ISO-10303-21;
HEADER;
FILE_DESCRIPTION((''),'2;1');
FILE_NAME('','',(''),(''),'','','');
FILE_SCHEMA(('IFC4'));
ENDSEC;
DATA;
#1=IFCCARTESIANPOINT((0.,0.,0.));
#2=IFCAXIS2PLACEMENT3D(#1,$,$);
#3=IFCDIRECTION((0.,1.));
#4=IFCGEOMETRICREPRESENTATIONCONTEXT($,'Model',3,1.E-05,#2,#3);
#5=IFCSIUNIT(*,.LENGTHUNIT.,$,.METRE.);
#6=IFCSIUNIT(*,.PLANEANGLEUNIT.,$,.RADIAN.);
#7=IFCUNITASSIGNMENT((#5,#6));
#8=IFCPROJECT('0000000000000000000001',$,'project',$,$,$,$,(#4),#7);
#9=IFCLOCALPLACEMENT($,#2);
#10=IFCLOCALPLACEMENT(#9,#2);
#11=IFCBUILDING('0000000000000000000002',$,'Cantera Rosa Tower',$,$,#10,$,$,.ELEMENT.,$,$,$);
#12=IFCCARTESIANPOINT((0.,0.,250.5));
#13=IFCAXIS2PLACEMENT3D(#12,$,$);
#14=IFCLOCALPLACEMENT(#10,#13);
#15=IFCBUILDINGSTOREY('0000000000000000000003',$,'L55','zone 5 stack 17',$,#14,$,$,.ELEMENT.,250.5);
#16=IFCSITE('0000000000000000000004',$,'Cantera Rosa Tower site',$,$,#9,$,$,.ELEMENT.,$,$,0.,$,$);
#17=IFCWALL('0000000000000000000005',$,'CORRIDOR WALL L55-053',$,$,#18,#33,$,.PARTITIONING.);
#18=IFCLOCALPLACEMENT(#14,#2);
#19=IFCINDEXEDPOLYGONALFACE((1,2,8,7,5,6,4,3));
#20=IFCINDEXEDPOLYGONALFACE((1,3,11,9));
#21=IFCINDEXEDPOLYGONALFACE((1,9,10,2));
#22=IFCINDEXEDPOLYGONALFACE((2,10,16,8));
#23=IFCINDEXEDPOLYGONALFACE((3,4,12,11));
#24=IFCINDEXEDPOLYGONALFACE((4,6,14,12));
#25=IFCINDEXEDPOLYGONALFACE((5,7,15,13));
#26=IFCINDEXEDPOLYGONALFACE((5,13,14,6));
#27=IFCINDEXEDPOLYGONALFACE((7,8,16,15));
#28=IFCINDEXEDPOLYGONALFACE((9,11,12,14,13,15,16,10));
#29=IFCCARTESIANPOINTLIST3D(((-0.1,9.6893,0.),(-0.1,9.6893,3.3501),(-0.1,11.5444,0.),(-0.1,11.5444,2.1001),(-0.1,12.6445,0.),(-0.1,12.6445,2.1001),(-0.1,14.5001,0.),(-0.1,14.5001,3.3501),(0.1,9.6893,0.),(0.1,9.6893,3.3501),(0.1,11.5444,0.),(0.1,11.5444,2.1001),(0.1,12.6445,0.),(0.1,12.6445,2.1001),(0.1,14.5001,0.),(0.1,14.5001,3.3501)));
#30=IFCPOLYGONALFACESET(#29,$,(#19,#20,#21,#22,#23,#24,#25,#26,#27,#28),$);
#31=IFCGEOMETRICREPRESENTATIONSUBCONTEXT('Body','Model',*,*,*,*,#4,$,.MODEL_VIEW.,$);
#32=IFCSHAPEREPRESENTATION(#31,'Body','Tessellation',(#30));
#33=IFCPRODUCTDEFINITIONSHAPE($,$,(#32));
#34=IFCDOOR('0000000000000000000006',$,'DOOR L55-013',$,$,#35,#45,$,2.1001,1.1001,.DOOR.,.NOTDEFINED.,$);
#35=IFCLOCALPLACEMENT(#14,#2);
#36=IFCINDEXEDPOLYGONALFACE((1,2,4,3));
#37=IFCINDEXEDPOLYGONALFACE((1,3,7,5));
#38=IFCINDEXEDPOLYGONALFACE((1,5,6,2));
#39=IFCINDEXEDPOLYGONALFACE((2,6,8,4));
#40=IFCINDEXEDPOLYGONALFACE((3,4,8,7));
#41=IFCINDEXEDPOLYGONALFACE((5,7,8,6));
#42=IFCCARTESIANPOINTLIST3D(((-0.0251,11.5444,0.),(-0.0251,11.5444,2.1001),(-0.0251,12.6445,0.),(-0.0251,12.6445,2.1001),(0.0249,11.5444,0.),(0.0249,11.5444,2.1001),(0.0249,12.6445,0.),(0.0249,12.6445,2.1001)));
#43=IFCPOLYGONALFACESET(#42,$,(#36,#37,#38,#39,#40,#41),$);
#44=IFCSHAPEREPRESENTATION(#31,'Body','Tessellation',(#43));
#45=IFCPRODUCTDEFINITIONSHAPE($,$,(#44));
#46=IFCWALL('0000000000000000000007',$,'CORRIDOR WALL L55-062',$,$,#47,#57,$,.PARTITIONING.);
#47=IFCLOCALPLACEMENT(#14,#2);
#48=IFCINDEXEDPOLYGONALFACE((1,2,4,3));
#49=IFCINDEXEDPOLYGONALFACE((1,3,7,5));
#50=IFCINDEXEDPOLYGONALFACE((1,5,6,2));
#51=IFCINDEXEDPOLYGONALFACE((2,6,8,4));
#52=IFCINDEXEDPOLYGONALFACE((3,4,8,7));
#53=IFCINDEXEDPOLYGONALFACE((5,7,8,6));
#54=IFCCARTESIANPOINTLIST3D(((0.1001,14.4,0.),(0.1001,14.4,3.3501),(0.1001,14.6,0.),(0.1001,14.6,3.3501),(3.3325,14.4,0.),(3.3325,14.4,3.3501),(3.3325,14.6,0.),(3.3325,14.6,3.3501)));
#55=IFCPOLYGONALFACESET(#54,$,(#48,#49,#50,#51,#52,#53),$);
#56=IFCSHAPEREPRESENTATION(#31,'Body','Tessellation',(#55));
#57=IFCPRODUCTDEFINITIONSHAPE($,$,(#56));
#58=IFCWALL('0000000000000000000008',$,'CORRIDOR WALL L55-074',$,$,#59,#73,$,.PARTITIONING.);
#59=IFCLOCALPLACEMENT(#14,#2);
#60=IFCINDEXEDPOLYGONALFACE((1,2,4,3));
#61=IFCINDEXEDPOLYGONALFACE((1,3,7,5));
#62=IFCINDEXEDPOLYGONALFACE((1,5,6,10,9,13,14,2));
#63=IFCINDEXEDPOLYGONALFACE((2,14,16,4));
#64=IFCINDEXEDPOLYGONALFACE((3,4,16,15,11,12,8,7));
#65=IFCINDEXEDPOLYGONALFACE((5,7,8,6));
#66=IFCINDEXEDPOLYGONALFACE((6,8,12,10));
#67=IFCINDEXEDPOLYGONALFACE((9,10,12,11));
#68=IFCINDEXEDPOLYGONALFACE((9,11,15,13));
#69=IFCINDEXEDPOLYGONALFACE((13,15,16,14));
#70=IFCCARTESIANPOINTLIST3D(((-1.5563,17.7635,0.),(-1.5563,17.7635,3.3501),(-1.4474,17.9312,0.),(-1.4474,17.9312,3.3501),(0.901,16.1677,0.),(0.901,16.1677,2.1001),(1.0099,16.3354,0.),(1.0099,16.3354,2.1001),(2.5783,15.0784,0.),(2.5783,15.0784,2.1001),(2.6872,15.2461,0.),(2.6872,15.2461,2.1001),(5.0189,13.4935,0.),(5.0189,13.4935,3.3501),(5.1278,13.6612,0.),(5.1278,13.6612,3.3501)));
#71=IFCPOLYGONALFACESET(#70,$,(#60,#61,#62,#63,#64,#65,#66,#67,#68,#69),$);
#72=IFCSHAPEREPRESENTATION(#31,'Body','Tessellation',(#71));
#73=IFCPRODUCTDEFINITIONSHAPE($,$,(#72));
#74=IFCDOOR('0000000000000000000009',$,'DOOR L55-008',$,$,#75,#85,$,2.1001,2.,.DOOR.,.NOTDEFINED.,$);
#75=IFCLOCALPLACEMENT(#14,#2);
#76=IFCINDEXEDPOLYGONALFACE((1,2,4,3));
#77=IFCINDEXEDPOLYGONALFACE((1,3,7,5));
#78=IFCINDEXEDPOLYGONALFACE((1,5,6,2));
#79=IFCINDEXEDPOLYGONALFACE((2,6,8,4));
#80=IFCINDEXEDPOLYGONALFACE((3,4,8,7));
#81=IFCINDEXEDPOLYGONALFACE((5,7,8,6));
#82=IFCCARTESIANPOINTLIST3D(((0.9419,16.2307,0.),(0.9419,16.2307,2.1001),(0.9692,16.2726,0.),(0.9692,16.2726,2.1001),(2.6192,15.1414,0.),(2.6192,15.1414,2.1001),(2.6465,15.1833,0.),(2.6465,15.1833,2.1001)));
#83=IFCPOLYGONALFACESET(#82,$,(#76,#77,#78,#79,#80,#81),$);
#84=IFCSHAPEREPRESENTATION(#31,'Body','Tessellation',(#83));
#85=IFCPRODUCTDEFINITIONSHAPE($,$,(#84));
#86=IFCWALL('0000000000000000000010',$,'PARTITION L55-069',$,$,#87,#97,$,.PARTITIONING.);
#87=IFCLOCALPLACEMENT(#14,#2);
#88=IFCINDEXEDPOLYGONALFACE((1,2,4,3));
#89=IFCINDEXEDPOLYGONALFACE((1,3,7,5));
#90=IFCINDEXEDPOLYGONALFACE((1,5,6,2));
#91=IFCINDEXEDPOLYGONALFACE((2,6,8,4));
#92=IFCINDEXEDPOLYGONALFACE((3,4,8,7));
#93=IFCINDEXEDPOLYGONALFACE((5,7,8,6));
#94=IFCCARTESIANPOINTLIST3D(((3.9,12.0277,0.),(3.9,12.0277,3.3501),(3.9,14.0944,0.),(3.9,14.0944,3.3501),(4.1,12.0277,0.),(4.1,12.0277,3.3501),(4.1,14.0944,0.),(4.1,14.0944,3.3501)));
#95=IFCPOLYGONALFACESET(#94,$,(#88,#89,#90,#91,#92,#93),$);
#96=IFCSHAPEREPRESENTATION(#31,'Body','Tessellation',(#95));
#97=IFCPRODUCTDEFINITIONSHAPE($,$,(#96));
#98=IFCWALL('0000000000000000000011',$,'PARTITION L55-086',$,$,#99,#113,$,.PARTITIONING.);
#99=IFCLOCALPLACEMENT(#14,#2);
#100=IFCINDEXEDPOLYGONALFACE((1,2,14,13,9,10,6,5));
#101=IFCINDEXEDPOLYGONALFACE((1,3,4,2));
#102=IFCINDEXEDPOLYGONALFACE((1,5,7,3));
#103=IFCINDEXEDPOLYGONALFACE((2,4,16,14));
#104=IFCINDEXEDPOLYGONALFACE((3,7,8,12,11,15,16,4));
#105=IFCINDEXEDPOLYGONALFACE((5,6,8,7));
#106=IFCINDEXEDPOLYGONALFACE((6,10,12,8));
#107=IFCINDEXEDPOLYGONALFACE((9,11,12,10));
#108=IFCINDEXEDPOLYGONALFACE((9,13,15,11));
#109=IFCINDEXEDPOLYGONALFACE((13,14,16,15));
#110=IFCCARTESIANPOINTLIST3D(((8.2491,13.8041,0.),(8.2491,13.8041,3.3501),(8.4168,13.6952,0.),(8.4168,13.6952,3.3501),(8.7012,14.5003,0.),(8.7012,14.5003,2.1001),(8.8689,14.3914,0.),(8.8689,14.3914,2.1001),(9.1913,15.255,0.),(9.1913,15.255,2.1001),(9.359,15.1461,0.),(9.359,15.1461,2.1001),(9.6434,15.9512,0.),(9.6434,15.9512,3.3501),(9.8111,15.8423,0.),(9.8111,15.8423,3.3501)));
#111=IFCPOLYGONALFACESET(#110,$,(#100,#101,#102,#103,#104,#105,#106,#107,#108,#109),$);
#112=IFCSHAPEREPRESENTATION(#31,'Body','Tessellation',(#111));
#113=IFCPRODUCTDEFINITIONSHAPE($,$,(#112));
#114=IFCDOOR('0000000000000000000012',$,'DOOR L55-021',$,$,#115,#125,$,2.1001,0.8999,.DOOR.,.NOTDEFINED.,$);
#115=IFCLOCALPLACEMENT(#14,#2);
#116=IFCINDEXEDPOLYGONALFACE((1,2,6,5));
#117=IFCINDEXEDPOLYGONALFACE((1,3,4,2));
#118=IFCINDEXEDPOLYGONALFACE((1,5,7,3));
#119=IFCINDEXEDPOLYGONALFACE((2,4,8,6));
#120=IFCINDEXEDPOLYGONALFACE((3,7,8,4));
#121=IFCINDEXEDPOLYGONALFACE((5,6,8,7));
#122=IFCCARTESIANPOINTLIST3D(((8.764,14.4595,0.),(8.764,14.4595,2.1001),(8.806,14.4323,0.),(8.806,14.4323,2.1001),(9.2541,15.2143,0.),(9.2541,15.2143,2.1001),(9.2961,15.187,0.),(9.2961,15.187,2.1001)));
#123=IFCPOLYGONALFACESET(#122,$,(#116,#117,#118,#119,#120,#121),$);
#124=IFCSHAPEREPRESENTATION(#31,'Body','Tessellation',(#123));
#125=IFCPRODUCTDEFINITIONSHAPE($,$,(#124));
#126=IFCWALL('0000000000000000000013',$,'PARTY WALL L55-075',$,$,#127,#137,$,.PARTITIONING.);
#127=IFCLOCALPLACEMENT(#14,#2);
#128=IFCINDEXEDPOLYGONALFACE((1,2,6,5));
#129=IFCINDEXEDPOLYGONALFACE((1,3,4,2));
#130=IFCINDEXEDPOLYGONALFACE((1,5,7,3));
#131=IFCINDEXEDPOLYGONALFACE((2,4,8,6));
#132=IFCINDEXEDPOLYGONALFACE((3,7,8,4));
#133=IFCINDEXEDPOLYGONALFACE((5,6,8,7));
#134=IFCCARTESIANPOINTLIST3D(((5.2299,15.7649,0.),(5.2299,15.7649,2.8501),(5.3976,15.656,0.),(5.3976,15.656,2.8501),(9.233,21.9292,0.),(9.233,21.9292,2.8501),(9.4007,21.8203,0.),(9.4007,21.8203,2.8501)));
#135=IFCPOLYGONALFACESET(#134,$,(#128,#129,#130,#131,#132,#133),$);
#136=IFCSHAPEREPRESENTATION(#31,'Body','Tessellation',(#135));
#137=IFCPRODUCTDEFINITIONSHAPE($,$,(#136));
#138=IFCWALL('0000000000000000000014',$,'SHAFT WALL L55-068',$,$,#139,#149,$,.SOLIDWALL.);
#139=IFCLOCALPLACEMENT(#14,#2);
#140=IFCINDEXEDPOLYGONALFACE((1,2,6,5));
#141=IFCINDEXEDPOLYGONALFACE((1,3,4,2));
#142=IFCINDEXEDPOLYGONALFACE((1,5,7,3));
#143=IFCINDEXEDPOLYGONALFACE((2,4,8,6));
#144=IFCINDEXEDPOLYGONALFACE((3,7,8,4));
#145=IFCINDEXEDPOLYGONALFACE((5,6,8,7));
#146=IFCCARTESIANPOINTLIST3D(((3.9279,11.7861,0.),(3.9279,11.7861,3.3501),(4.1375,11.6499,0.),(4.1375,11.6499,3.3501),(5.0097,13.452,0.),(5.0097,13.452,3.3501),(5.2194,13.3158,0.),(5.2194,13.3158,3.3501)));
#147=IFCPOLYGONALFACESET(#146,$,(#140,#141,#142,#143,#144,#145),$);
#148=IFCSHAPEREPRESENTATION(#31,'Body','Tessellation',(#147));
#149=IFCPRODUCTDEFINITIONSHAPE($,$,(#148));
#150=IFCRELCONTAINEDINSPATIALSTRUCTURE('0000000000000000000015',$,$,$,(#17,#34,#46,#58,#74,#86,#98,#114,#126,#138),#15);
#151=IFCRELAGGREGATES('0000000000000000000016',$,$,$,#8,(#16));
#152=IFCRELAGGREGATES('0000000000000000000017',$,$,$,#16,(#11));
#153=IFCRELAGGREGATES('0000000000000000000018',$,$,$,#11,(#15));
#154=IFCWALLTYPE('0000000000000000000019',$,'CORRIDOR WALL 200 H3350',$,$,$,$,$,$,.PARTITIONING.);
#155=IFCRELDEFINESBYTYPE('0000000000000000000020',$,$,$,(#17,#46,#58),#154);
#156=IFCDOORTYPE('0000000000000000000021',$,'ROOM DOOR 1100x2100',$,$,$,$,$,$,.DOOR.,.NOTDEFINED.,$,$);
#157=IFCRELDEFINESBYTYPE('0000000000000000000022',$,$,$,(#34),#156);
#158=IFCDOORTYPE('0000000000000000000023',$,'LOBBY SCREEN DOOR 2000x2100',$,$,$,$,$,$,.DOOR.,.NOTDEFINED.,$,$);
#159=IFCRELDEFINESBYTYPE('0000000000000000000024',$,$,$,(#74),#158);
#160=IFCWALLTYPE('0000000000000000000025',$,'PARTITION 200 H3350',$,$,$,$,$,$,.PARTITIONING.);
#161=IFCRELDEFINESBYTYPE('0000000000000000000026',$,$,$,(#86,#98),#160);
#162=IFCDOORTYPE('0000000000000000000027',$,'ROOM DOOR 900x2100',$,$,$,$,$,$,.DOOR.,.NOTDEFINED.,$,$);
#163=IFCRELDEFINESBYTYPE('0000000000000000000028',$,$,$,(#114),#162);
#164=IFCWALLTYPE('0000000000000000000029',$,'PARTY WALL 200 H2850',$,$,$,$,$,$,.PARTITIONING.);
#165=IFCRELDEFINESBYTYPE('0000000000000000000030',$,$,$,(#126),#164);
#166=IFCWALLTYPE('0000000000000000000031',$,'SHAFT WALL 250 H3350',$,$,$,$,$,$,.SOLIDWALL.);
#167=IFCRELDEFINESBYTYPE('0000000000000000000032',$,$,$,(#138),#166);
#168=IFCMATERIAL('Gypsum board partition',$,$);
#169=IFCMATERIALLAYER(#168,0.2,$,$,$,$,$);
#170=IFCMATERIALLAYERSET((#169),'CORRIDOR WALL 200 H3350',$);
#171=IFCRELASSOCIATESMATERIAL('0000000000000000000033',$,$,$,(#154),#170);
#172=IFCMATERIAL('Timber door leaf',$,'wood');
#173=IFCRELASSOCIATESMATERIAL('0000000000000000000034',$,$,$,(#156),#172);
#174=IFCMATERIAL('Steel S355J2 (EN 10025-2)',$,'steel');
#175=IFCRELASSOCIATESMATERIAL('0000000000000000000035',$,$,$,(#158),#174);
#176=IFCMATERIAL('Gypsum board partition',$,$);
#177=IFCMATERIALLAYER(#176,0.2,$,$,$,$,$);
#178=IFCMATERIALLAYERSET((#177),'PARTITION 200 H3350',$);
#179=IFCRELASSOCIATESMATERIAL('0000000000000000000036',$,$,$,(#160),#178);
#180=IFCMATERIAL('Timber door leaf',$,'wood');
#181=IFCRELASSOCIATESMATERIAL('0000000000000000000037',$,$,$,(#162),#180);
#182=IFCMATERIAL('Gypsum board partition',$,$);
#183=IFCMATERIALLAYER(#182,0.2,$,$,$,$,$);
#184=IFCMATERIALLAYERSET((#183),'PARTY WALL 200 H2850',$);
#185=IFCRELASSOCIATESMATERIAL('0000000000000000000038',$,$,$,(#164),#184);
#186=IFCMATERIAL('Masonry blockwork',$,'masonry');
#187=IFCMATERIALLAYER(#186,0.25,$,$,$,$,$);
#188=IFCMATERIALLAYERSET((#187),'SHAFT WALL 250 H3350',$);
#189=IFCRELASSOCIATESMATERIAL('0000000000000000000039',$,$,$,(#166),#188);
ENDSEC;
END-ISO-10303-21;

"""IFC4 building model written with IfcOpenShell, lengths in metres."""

from ifc_helpers import new_model, si_unit, direction, frame, frame_2d, origin, place, context, subcontext, project, spatial, rectangle, extrude, material, layer, layer_set, type_object, element, fill, save


model = new_model("IFC4")

# Units and contexts
model_context = context("Model", 3, precision=1e-05, world=origin(), true_north=direction((0.0, 1.0)))
body_context = subcontext(model_context, "Body", "Model", "MODEL_VIEW")
ifc_project = project(units=[si_unit("LENGTHUNIT", "METRE"), si_unit("PLANEANGLEUNIT", "RADIAN")], contexts=[model_context])

# Site, building, storey
site_placement = place(None, origin())
site = spatial("IfcSite", under=ifc_project, at=site_placement, Name="Cantera Rosa Tower site", CompositionType="ELEMENT", RefElevation=0.0)
building_placement = place(site_placement, origin())
building = spatial("IfcBuilding", under=site, at=building_placement, Name="Cantera Rosa Tower", CompositionType="ELEMENT")
storey_placement = place(building_placement, frame((0.0, 0.0, 250.5)))
storey = spatial("IfcBuildingStorey", under=building, at=storey_placement, Name="L55", Description="zone 5 stack 17", CompositionType="ELEMENT", Elevation=250.5)

# Wall, opening, door
ifc_material_1 = material(Name="Gypsum board partition")
ifc_layer_1 = layer(ifc_material_1, 0.2)
ifc_layer_set_1 = layer_set([ifc_layer_1], Name="CORRIDOR WALL 200 H3350")
wall_type_1 = type_object("IfcWallType", Name="CORRIDOR WALL 200 H3350", PredefinedType="PARTITIONING", material=ifc_layer_set_1)
wall_1_placement = place(storey_placement, frame((0.0, 14.5, 0.0), z_axis=(0.0, 0.0, 1.0), x_axis=(0.0, -1.0, 0.0)))
wall_1 = element("IfcWall", 1, at=wall_1_placement, inside=storey, type_object=wall_type_1, Name="CORRIDOR WALL L55-053", PredefinedType="PARTITIONING", context=body_context, shape_type="SweptSolid", body=[
    extrude(rectangle(XDim=4.8108, YDim=0.2, at=frame_2d((2.4053, 0.0))), origin(), (0.0, 0.0, 1.0), 3.3501),
])
opening_1_placement = place(wall_1_placement, frame((1.8555, 0.0, 0.0)))
opening_1 = element("IfcOpeningElement", 2, at=opening_1_placement, cuts=wall_1, PredefinedType="OPENING", context=body_context, shape_type="SweptSolid", body=[
    extrude(rectangle(XDim=1.1001, YDim=2.1001, at=frame_2d((0.55, 1.05))), frame((0.0, 0.1099, 0.0), z_axis=(0.0, -1.0, 0.0), x_axis=(1.0, 0.0, 0.0)), (0.0, 0.0, 1.0), 0.22),
])
ifc_material_2 = material(Name="Timber door leaf", Category="wood")
door_type_1 = type_object("IfcDoorType", Name="ROOM DOOR 1100x2100", OperationType="NOTDEFINED", PredefinedType="DOOR", material=ifc_material_2)
door_1_placement = place(opening_1_placement, origin())
door_1 = element("IfcDoor", 3, at=door_1_placement, inside=storey, type_object=door_type_1, Name="DOOR L55-013", OperationType="NOTDEFINED", OverallHeight=2.1001, OverallWidth=1.1001, PredefinedType="DOOR", context=body_context, shape_type="SweptSolid", body=[
    extrude(rectangle(XDim=1.1001, YDim=2.1001, at=frame_2d((0.55, 1.05))), frame((0.0, 0.0249, 0.0), z_axis=(0.0, -1.0, 0.0), x_axis=(1.0, 0.0, 0.0)), (0.0, 0.0, 1.0), 0.05),
])
fill(opening_1, door_1)

# Wall
wall_2_placement = place(storey_placement, frame((3.3325, 14.5, 0.0), z_axis=(0.0, 0.0, 1.0), x_axis=(-1.0, 0.0, 0.0)))
element("IfcWall", 4, at=wall_2_placement, inside=storey, type_object=wall_type_1, Name="CORRIDOR WALL L55-062", PredefinedType="PARTITIONING", context=body_context, shape_type="SweptSolid", body=[
    extrude(rectangle(XDim=3.2324, YDim=0.2, at=frame_2d((1.6162, 0.0))), origin(), (0.0, 0.0, 1.0), 3.3501),
])

# Wall, opening, door
wall_3_placement = place(storey_placement, frame((5.0732, 13.5774, 0.0), z_axis=(0.0, 0.0, 1.0), x_axis=(-0.838668, 0.544642, 0.0)))
wall_3 = element("IfcWall", 5, at=wall_3_placement, inside=storey, type_object=wall_type_1, Name="CORRIDOR WALL L55-074", PredefinedType="PARTITIONING", context=body_context, shape_type="SweptSolid", body=[
    extrude(rectangle(XDim=7.8401, YDim=0.2, at=frame_2d((3.9199, 0.0))), origin(), (0.0, 0.0, 1.0), 3.3501),
])
opening_2_placement = place(wall_3_placement, frame((2.9099, 0.0, 0.0)))
opening_2 = element("IfcOpeningElement", 6, at=opening_2_placement, cuts=wall_3, PredefinedType="OPENING", context=body_context, shape_type="SweptSolid", body=[
    extrude(rectangle(XDim=2.0, YDim=2.1001, at=frame_2d((1.0, 1.05))), frame((0.0, 0.1099, 0.0), z_axis=(0.0, -1.0, 0.0), x_axis=(1.0, 0.0, 0.0)), (0.0, 0.0, 1.0), 0.22),
])
ifc_material_3 = material(Name="Steel S355J2 (EN 10025-2)", Category="steel")
door_type_2 = type_object("IfcDoorType", Name="LOBBY SCREEN DOOR 2000x2100", OperationType="NOTDEFINED", PredefinedType="DOOR", material=ifc_material_3)
door_2_placement = place(opening_2_placement, origin())
door_2 = element("IfcDoor", 7, at=door_2_placement, inside=storey, type_object=door_type_2, Name="DOOR L55-008", OperationType="NOTDEFINED", OverallHeight=2.1001, OverallWidth=2.0, PredefinedType="DOOR", context=body_context, shape_type="SweptSolid", body=[
    extrude(rectangle(XDim=2.0, YDim=2.1001, at=frame_2d((1.0, 1.05))), frame((0.0, 0.0249, 0.0), z_axis=(0.0, -1.0, 0.0), x_axis=(1.0, 0.0, 0.0)), (0.0, 0.0, 1.0), 0.05),
])
fill(opening_2, door_2)

# Wall
ifc_material_4 = material(Name="Gypsum board partition")
ifc_layer_2 = layer(ifc_material_4, 0.2)
ifc_layer_set_2 = layer_set([ifc_layer_2], Name="PARTITION 200 H3350")
wall_type_2 = type_object("IfcWallType", Name="PARTITION 200 H3350", PredefinedType="PARTITIONING", material=ifc_layer_set_2)
wall_4_placement = place(storey_placement, frame((4.0, 14.0942, 0.0), z_axis=(0.0, 0.0, 1.0), x_axis=(0.0, -1.0, 0.0)))
element("IfcWall", 8, at=wall_4_placement, inside=storey, type_object=wall_type_2, Name="PARTITION L55-069", PredefinedType="PARTITIONING", context=body_context, shape_type="SweptSolid", body=[
    extrude(rectangle(XDim=2.0667, YDim=0.2, at=frame_2d((1.0332, 0.0))), origin(), (0.0, 0.0, 1.0), 3.3501),
])

# Wall, opening, door
wall_5_placement = place(storey_placement, frame((9.7273, 15.8967, 0.0), z_axis=(0.0, 0.0, 1.0), x_axis=(-0.544646, -0.838666, 0.0)))
wall_5 = element("IfcWall", 9, at=wall_5_placement, inside=storey, type_object=wall_type_2, Name="PARTITION L55-086", PredefinedType="PARTITIONING", context=body_context, shape_type="SweptSolid", body=[
    extrude(rectangle(XDim=2.5601, YDim=0.2, at=frame_2d((1.28, 0.0))), origin(), (0.0, 0.0, 1.0), 3.3501),
])
opening_3_placement = place(wall_5_placement, frame((0.8301, 0.0, 0.0)))
opening_3 = element("IfcOpeningElement", 10, at=opening_3_placement, cuts=wall_5, PredefinedType="OPENING", context=body_context, shape_type="SweptSolid", body=[
    extrude(rectangle(XDim=0.8999, YDim=2.1001, at=frame_2d((0.45, 1.05))), frame((0.0, 0.1099, 0.0), z_axis=(0.0, -1.0, 0.0), x_axis=(1.0, 0.0, 0.0)), (0.0, 0.0, 1.0), 0.22),
])
ifc_material_5 = material(Name="Timber door leaf", Category="wood")
door_type_3 = type_object("IfcDoorType", Name="ROOM DOOR 900x2100", OperationType="NOTDEFINED", PredefinedType="DOOR", material=ifc_material_5)
door_3_placement = place(opening_3_placement, origin())
door_3 = element("IfcDoor", 11, at=door_3_placement, inside=storey, type_object=door_type_3, Name="DOOR L55-021", OperationType="NOTDEFINED", OverallHeight=2.1001, OverallWidth=0.8999, PredefinedType="DOOR", context=body_context, shape_type="SweptSolid", body=[
    extrude(rectangle(XDim=0.8999, YDim=2.1001, at=frame_2d((0.45, 1.05))), frame((0.0, 0.0249, 0.0), z_axis=(0.0, -1.0, 0.0), x_axis=(1.0, 0.0, 0.0)), (0.0, 0.0, 1.0), 0.05),
])
fill(opening_3, door_3)

# Walls
ifc_material_6 = material(Name="Gypsum board partition")
ifc_layer_3 = layer(ifc_material_6, 0.2)
ifc_layer_set_3 = layer_set([ifc_layer_3], Name="PARTY WALL 200 H2850")
wall_type_3 = type_object("IfcWallType", Name="PARTY WALL 200 H2850", PredefinedType="PARTITIONING", material=ifc_layer_set_3)
wall_6_placement = place(storey_placement, frame((5.3137, 15.7104, 0.0), z_axis=(0.0, 0.0, 1.0), x_axis=(0.544642, 0.838669, 0.0)))
element("IfcWall", 12, at=wall_6_placement, inside=storey, type_object=wall_type_3, Name="PARTY WALL L55-075", PredefinedType="PARTITIONING", context=body_context, shape_type="SweptSolid", body=[
    extrude(rectangle(XDim=7.3501, YDim=0.2, at=frame_2d((3.675, 0.0))), origin(), (0.0, 0.0, 1.0), 2.8501),
])
ifc_material_7 = material(Name="Masonry blockwork", Category="masonry")
ifc_layer_4 = layer(ifc_material_7, 0.25)
ifc_layer_set_4 = layer_set([ifc_layer_4], Name="SHAFT WALL 250 H3350")
wall_type_4 = type_object("IfcWallType", Name="SHAFT WALL 250 H3350", PredefinedType="SOLIDWALL", material=ifc_layer_set_4)
wall_7_placement = place(storey_placement, frame((4.0327, 11.718, 0.0), z_axis=(0.0, 0.0, 1.0), x_axis=(0.544647, 0.838665, 0.0)))
element("IfcWall", 13, at=wall_7_placement, inside=storey, type_object=wall_type_4, Name="SHAFT WALL L55-068", PredefinedType="SOLIDWALL", context=body_context, shape_type="SweptSolid", body=[
    extrude(rectangle(XDim=1.9863, YDim=0.25, at=frame_2d((0.9932, 0.0))), origin(), (0.0, 0.0, 1.0), 3.3501),
])

save(model, "model.ifc")
